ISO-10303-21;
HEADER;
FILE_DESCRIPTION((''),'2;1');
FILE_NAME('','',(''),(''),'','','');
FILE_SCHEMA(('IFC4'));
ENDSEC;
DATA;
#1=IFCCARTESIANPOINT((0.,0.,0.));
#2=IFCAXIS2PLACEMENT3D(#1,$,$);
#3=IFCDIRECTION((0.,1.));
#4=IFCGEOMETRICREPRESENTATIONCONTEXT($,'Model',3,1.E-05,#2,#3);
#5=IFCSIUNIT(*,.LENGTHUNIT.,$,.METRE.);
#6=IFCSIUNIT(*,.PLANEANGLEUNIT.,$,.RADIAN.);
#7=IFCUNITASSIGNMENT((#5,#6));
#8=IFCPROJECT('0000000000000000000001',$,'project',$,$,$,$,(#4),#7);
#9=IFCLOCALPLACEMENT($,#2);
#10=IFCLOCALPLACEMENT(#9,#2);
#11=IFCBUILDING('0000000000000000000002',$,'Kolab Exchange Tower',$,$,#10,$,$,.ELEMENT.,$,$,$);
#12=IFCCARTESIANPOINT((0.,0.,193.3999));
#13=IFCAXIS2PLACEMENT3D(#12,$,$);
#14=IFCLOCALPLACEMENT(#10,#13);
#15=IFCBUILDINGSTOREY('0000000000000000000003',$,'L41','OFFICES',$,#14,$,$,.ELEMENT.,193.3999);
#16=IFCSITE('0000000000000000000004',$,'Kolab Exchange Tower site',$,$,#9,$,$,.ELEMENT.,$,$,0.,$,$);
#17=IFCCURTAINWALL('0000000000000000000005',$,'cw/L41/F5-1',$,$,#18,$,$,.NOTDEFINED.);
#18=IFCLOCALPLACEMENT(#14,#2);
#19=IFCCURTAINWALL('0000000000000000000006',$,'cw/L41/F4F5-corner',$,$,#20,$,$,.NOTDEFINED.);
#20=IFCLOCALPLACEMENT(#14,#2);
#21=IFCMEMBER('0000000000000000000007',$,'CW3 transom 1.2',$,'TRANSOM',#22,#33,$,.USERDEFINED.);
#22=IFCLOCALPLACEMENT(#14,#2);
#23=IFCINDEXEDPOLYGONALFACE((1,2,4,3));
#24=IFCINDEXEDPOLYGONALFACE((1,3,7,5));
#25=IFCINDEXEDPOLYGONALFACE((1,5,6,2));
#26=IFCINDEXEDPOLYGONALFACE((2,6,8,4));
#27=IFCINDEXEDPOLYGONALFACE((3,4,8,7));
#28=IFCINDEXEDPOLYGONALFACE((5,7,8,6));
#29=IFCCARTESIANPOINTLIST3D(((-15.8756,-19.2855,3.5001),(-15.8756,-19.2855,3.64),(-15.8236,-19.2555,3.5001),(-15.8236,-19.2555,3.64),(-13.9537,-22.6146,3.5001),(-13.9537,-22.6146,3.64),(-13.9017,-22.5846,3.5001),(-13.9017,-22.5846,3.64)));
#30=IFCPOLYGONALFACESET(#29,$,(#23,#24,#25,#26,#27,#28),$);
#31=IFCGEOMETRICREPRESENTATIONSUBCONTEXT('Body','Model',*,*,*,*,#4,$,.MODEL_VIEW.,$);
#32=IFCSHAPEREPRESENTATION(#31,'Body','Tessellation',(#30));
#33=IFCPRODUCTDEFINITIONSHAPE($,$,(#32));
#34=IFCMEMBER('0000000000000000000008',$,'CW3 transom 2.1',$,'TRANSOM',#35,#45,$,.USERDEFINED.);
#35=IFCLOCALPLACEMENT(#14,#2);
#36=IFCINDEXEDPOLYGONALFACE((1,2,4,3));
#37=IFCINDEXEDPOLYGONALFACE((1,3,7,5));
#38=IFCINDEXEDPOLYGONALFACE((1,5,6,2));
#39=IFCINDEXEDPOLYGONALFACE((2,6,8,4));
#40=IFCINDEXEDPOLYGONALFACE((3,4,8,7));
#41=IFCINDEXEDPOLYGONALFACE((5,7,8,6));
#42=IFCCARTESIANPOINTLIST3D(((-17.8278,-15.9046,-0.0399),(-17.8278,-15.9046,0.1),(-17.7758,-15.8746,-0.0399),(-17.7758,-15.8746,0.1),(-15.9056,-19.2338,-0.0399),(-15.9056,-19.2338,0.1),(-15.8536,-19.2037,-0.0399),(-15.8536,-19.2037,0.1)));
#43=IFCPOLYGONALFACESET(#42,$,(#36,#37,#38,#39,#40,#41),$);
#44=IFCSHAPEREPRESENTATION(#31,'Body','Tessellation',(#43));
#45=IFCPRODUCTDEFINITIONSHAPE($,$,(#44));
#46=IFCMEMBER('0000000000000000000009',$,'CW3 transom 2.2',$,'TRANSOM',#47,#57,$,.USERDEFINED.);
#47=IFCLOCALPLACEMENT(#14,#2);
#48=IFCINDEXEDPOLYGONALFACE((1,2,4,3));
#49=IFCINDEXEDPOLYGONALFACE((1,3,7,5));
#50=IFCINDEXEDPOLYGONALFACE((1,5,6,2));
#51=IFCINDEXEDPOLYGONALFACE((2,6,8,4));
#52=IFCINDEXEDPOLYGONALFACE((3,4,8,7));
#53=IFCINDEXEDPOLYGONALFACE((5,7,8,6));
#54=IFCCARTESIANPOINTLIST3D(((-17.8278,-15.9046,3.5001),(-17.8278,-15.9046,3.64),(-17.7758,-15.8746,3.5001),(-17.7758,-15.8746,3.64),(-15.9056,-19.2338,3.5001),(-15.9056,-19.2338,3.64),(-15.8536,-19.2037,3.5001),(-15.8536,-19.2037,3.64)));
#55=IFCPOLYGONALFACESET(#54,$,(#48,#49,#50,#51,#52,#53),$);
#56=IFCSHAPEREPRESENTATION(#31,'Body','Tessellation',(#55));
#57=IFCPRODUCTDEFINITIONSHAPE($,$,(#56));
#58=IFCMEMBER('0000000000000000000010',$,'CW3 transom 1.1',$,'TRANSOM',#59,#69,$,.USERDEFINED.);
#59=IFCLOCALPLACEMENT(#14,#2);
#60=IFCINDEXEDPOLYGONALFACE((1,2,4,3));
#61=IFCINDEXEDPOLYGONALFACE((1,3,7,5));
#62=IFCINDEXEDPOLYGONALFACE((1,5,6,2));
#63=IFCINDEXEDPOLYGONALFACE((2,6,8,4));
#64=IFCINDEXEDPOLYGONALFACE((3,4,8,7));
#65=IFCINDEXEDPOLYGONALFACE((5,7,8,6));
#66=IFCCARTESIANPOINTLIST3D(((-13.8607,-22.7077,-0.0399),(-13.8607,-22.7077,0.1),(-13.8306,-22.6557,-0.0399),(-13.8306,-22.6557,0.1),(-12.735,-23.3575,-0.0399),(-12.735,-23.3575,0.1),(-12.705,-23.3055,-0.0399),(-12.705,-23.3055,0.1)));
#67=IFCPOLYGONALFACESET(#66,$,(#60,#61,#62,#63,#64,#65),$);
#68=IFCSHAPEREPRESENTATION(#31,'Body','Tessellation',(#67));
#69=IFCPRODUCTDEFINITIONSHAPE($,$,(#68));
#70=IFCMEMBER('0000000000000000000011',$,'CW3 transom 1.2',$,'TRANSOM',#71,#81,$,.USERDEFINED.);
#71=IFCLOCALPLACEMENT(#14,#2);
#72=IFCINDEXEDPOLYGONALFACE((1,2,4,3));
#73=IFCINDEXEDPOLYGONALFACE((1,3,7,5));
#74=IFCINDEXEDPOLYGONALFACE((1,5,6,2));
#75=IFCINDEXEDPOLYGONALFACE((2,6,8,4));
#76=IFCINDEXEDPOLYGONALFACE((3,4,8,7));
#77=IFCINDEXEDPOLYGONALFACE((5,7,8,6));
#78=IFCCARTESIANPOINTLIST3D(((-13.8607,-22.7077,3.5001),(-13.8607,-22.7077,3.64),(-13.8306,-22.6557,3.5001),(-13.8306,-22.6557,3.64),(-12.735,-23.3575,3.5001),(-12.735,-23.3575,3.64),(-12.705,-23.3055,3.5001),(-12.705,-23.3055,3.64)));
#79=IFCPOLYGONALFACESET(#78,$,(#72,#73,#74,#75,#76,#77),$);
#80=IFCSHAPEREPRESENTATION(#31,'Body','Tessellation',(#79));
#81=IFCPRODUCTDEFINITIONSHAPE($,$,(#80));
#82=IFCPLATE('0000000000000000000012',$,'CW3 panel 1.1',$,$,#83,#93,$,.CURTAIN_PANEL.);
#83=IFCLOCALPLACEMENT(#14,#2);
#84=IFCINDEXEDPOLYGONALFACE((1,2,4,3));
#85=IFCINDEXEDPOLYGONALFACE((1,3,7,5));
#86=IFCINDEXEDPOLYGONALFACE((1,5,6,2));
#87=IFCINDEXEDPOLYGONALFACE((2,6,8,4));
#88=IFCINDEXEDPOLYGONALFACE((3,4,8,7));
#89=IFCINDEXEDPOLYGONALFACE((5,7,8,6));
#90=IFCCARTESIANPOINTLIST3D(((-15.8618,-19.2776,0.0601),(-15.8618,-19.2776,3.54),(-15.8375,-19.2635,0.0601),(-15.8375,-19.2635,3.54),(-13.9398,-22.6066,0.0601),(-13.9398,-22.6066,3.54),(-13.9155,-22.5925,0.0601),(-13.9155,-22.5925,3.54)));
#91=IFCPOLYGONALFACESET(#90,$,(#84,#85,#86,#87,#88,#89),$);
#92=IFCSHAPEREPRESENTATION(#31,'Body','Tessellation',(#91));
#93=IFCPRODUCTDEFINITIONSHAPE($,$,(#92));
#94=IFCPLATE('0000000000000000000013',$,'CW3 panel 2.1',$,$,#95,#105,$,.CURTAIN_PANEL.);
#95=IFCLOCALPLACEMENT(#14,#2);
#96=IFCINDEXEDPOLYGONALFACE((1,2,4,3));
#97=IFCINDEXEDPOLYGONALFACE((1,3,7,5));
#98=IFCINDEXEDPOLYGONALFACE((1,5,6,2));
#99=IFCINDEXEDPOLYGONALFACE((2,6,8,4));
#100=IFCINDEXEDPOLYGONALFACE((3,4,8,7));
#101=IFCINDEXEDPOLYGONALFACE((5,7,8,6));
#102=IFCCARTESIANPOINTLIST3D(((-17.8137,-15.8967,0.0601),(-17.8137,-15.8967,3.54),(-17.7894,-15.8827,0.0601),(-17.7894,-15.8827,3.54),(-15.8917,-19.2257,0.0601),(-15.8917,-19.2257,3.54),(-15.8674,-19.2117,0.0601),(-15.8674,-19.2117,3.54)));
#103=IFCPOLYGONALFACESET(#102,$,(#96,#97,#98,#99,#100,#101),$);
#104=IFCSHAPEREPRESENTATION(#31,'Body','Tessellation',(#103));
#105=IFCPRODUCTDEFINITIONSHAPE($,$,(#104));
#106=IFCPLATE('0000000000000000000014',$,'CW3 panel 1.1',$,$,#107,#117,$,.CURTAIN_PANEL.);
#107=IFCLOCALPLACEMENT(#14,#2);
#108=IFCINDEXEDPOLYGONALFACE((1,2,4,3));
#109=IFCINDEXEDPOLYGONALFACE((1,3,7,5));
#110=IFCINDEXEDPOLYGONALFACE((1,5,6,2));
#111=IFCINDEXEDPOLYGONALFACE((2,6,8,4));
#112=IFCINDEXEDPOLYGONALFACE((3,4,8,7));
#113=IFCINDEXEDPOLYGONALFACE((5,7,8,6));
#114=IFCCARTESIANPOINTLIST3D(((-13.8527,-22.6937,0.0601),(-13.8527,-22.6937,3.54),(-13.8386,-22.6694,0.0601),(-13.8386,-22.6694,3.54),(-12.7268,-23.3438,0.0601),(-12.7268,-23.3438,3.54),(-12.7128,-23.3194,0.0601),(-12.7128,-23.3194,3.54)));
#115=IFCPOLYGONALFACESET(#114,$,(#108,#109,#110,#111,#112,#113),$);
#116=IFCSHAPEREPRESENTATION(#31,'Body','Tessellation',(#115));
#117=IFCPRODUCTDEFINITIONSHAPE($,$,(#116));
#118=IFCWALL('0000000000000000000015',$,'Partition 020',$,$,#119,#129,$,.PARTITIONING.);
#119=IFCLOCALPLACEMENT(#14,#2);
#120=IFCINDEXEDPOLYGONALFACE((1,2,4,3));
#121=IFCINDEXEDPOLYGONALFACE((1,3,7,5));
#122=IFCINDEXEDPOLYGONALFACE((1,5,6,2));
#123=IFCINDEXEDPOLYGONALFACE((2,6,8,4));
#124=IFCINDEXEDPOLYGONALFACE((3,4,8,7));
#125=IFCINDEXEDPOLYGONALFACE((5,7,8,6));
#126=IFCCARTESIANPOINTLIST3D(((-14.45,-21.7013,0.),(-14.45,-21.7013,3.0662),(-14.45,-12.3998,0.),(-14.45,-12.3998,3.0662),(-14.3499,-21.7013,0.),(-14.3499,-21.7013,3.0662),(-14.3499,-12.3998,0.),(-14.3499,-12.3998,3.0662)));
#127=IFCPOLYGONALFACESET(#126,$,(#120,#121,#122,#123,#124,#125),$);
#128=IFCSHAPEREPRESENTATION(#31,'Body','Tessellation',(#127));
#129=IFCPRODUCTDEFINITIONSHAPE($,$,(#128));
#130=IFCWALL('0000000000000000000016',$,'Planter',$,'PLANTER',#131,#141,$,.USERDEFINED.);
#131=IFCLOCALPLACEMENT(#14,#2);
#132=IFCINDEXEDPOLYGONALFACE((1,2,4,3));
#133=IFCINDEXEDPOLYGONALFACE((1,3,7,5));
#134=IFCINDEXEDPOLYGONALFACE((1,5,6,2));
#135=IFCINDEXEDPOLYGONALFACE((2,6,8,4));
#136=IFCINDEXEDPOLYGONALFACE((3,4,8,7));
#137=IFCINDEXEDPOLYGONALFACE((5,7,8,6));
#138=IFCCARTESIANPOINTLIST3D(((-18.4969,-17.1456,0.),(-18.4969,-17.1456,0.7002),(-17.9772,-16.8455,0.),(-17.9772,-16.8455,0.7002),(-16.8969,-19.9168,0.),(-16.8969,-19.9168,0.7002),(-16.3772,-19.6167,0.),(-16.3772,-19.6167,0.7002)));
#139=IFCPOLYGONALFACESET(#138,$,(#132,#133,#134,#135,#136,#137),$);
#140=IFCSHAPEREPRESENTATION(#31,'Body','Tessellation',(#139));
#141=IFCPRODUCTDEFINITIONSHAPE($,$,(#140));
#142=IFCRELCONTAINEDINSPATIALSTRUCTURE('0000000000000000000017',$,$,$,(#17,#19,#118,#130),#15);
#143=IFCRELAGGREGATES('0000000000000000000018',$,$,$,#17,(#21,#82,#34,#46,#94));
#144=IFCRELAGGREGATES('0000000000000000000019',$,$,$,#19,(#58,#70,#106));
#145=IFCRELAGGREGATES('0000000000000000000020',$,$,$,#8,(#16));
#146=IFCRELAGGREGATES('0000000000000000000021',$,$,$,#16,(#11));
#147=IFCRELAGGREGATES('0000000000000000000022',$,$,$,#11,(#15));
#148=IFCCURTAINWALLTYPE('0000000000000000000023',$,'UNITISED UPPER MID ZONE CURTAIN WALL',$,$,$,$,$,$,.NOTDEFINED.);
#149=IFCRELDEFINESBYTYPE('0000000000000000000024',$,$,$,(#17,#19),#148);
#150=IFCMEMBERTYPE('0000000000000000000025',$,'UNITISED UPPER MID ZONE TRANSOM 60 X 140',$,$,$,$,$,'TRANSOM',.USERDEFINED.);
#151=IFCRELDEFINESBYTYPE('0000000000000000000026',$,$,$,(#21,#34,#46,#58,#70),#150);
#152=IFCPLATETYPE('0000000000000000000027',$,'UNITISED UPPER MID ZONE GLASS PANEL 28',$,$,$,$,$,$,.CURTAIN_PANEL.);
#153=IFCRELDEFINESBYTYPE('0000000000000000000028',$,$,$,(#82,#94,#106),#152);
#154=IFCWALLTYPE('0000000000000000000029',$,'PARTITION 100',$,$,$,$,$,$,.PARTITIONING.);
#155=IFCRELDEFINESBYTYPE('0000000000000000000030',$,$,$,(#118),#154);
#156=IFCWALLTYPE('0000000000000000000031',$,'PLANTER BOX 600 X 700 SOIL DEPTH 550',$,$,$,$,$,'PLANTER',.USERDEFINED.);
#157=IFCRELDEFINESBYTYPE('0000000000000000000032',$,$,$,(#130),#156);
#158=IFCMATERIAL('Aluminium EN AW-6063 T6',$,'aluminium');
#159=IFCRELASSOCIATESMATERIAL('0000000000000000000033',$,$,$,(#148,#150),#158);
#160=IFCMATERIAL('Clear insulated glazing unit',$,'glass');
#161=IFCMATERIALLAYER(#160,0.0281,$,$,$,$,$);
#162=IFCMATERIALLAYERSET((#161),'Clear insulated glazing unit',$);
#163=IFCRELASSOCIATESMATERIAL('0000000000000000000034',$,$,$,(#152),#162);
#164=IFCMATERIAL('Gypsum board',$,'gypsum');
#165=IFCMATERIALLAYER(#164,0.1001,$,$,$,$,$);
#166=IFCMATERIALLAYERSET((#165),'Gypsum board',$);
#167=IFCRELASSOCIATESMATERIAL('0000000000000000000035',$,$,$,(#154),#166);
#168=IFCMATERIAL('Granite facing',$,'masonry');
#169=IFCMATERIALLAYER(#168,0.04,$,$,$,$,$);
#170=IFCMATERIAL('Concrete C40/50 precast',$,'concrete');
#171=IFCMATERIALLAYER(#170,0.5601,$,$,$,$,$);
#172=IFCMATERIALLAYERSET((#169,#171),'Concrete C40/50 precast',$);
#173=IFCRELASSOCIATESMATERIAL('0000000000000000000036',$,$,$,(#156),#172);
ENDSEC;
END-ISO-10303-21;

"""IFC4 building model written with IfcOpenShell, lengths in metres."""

from ifc_helpers import new_model, si_unit, direction, frame, frame_2d, origin, origin_2d, place, context, subcontext, project, spatial, rectangle, extrude, material, layer, layer_set, material_profile, profile_set, type_object, element, aggregate, save


model = new_model("IFC4")

# Units and contexts
model_context = context("Model", 3, precision=1e-05, world=origin(), true_north=direction((0.0, 1.0)))
body_context = subcontext(model_context, "Body", "Model", "MODEL_VIEW")
ifc_project = project(units=[si_unit("LENGTHUNIT", "METRE"), si_unit("PLANEANGLEUNIT", "RADIAN")], contexts=[model_context])

# Site, building, storey
site_placement = place(None, origin())
site = spatial("IfcSite", under=ifc_project, at=site_placement, Name="Kolab Exchange Tower site", CompositionType="ELEMENT", RefElevation=0.0)
building_placement = place(site_placement, origin())
building = spatial("IfcBuilding", under=site, at=building_placement, Name="Kolab Exchange Tower", CompositionType="ELEMENT")
storey_placement = place(building_placement, frame((0.0, 0.0, 193.3999)))
storey = spatial("IfcBuildingStorey", under=building, at=storey_placement, Name="L41", Description="OFFICES", CompositionType="ELEMENT", Elevation=193.3999)

# Curtain wall
ifc_material_1 = material(Name="Aluminium EN AW-6063 T6", Category="aluminium")
curtain_wall_type = type_object("IfcCurtainWallType", Name="UNITISED UPPER MID ZONE CURTAIN WALL", PredefinedType="NOTDEFINED", material=ifc_material_1)
curtain_wall_1_placement = place(storey_placement, origin())
curtain_wall_1 = element("IfcCurtainWall", 1, at=curtain_wall_1_placement, inside=storey, type_object=curtain_wall_type, Name="cw/L41/F5-1", PredefinedType="NOTDEFINED")

# Curtain wall
curtain_wall_2_placement = place(storey_placement, origin())
curtain_wall_2 = element("IfcCurtainWall", 2, at=curtain_wall_2_placement, inside=storey, type_object=curtain_wall_type, Name="cw/L41/F4F5-corner", PredefinedType="NOTDEFINED")

# Members
ifc_material_profile_1 = material_profile(ifc_material_1, rectangle(XDim=0.0601, YDim=0.1399, at=origin_2d()), Name="RECT 60X140")
ifc_profile_set_1 = profile_set([ifc_material_profile_1], Name="Aluminium EN AW-6063 T6")
member_type_1 = type_object("IfcMemberType", Name="UNITISED UPPER MID ZONE TRANSOM 60 X 140", ElementType="TRANSOM", PredefinedType="USERDEFINED", material=ifc_profile_set_1)
member_1_placement = place(storey_placement, frame((-13.9277, -22.5996, 3.5701), z_axis=(-0.499964, 0.866046, 0.0), x_axis=(-0.866046, -0.499964, 0.0)))
member_1 = element("IfcMember", 3, at=member_1_placement, type_object=member_type_1, Name="CW3 transom 1.2", ObjectType="TRANSOM", PredefinedType="USERDEFINED", context=body_context, shape_type="SweptSolid", body=[
    extrude(rectangle(XDim=0.0601, YDim=0.1399, at=origin_2d()), origin(), (0.0, 0.0, 1.0), 3.844),
])
member_2_placement = place(storey_placement, frame((-15.8796, -19.2188, 0.03), z_axis=(-0.500012, 0.866018, 0.0), x_axis=(-0.866018, -0.500012, 0.0)))
member_2 = element("IfcMember", 4, at=member_2_placement, type_object=member_type_1, Name="CW3 transom 2.1", ObjectType="TRANSOM", PredefinedType="USERDEFINED", context=body_context, shape_type="SweptSolid", body=[
    extrude(rectangle(XDim=0.0601, YDim=0.1399, at=origin_2d()), origin(), (0.0, 0.0, 1.0), 3.8442),
])
member_3_placement = place(storey_placement, frame((-15.8796, -19.2188, 3.5701), z_axis=(-0.500012, 0.866018, 0.0), x_axis=(-0.866018, -0.500012, 0.0)))
member_3 = element("IfcMember", 5, at=member_3_placement, type_object=member_type_1, Name="CW3 transom 2.2", ObjectType="TRANSOM", PredefinedType="USERDEFINED", context=body_context, shape_type="SweptSolid", body=[
    extrude(rectangle(XDim=0.0601, YDim=0.1399, at=origin_2d()), origin(), (0.0, 0.0, 1.0), 3.8442),
])
member_4_placement = place(storey_placement, frame((-12.72, -23.3315, 0.03), z_axis=(-0.866039, 0.499977, 0.0), x_axis=(-0.499977, -0.866039, 0.0)))
member_4 = element("IfcMember", 6, at=member_4_placement, type_object=member_type_1, Name="CW3 transom 1.1", ObjectType="TRANSOM", PredefinedType="USERDEFINED", context=body_context, shape_type="SweptSolid", body=[
    extrude(rectangle(XDim=0.0601, YDim=0.1399, at=origin_2d()), origin(), (0.0, 0.0, 1.0), 1.2998),
])
member_5_placement = place(storey_placement, frame((-12.72, -23.3315, 3.5701), z_axis=(-0.866039, 0.499977, 0.0), x_axis=(-0.499977, -0.866039, 0.0)))
member_5 = element("IfcMember", 7, at=member_5_placement, type_object=member_type_1, Name="CW3 transom 1.2", ObjectType="TRANSOM", PredefinedType="USERDEFINED", context=body_context, shape_type="SweptSolid", body=[
    extrude(rectangle(XDim=0.0601, YDim=0.1399, at=origin_2d()), origin(), (0.0, 0.0, 1.0), 1.2998),
])

# Plates
ifc_material_2 = material(Name="Clear insulated glazing unit", Category="glass")
ifc_layer_1 = layer(ifc_material_2, 0.0281)
ifc_layer_set_1 = layer_set([ifc_layer_1], Name="Clear insulated glazing unit")
plate_type = type_object("IfcPlateType", Name="UNITISED UPPER MID ZONE GLASS PANEL 28", PredefinedType="CURTAIN_PANEL", material=ifc_layer_set_1)
plate_1_placement = place(storey_placement, frame((-14.8887, -20.9351, 0.0601), z_axis=(0.0, 0.0, 1.0), x_axis=(-0.5, 0.866025, 0.0)))
plate_1 = element("IfcPlate", 8, at=plate_1_placement, type_object=plate_type, Name="CW3 panel 1.1", PredefinedType="CURTAIN_PANEL", context=body_context, shape_type="SweptSolid", body=[
    extrude(rectangle(XDim=3.844, YDim=0.0281, at=origin_2d()), origin(), (0.0, 0.0, 1.0), 3.48),
])
plate_2_placement = place(storey_placement, frame((-16.8406, -17.5542, 0.0601), z_axis=(0.0, 0.0, 1.0), x_axis=(-0.5, 0.866025, 0.0)))
plate_2 = element("IfcPlate", 9, at=plate_2_placement, type_object=plate_type, Name="CW3 panel 2.1", PredefinedType="CURTAIN_PANEL", context=body_context, shape_type="SweptSolid", body=[
    extrude(rectangle(XDim=3.844, YDim=0.0281, at=origin_2d()), origin(), (0.0, 0.0, 1.0), 3.48),
])
aggregate(curtain_wall_1, [member_1, plate_1, member_2, member_3, plate_2])
plate_3_placement = place(storey_placement, frame((-13.2827, -23.0066, 0.0601), z_axis=(0.0, 0.0, 1.0), x_axis=(-0.866025, 0.5, 0.0)))
plate_3 = element("IfcPlate", 10, at=plate_3_placement, type_object=plate_type, Name="CW3 panel 1.1", PredefinedType="CURTAIN_PANEL", context=body_context, shape_type="SweptSolid", body=[
    extrude(rectangle(XDim=1.3, YDim=0.0281, at=origin_2d()), origin(), (0.0, 0.0, 1.0), 3.48),
])
aggregate(curtain_wall_2, [member_4, member_5, plate_3])

# Walls
ifc_material_3 = material(Name="Gypsum board", Category="gypsum")
ifc_layer_2 = layer(ifc_material_3, 0.1001)
ifc_layer_set_2 = layer_set([ifc_layer_2], Name="Gypsum board")
wall_type_1 = type_object("IfcWallType", Name="PARTITION 100", PredefinedType="PARTITIONING", material=ifc_layer_set_2)
wall_1_placement = place(storey_placement, frame((-14.3999, -21.7014, 0.0), z_axis=(0.0, 0.0, 1.0), x_axis=(0.0, 1.0, 0.0)))
element("IfcWall", 11, at=wall_1_placement, inside=storey, type_object=wall_type_1, Name="Partition 020", PredefinedType="PARTITIONING", context=body_context, shape_type="SweptSolid", body=[
    extrude(rectangle(XDim=9.3015, YDim=0.1001, at=frame_2d((4.6509, 0.0))), origin(), (0.0, 0.0, 1.0), 3.0662),
])
ifc_material_4 = material(Name="Granite facing", Category="masonry")
ifc_layer_3 = layer(ifc_material_4, 0.04)
ifc_material_5 = material(Name="Concrete C40/50 precast", Category="concrete")
ifc_layer_4 = layer(ifc_material_5, 0.5601)
ifc_layer_set_3 = layer_set([ifc_layer_3, ifc_layer_4], Name="Concrete C40/50 precast")
wall_type_2 = type_object("IfcWallType", Name="PLANTER BOX 600 X 700 SOIL DEPTH 550", ElementType="PLANTER", PredefinedType="USERDEFINED", material=ifc_layer_set_3)
wall_2_placement = place(storey_placement, frame((-16.637, -19.7668, 0.0), z_axis=(0.0, 0.0, 1.0), x_axis=(-0.500028, 0.866009, 0.0)))
element("IfcWall", 12, at=wall_2_placement, inside=storey, type_object=wall_type_2, Name="Planter", ObjectType="PLANTER", PredefinedType="USERDEFINED", context=body_context, shape_type="SweptSolid", body=[
    extrude(rectangle(XDim=3.2, YDim=0.6001, at=frame_2d((1.6001, 0.0))), origin(), (0.0, 0.0, 1.0), 0.7002),
])

save(model, "model.ifc")
